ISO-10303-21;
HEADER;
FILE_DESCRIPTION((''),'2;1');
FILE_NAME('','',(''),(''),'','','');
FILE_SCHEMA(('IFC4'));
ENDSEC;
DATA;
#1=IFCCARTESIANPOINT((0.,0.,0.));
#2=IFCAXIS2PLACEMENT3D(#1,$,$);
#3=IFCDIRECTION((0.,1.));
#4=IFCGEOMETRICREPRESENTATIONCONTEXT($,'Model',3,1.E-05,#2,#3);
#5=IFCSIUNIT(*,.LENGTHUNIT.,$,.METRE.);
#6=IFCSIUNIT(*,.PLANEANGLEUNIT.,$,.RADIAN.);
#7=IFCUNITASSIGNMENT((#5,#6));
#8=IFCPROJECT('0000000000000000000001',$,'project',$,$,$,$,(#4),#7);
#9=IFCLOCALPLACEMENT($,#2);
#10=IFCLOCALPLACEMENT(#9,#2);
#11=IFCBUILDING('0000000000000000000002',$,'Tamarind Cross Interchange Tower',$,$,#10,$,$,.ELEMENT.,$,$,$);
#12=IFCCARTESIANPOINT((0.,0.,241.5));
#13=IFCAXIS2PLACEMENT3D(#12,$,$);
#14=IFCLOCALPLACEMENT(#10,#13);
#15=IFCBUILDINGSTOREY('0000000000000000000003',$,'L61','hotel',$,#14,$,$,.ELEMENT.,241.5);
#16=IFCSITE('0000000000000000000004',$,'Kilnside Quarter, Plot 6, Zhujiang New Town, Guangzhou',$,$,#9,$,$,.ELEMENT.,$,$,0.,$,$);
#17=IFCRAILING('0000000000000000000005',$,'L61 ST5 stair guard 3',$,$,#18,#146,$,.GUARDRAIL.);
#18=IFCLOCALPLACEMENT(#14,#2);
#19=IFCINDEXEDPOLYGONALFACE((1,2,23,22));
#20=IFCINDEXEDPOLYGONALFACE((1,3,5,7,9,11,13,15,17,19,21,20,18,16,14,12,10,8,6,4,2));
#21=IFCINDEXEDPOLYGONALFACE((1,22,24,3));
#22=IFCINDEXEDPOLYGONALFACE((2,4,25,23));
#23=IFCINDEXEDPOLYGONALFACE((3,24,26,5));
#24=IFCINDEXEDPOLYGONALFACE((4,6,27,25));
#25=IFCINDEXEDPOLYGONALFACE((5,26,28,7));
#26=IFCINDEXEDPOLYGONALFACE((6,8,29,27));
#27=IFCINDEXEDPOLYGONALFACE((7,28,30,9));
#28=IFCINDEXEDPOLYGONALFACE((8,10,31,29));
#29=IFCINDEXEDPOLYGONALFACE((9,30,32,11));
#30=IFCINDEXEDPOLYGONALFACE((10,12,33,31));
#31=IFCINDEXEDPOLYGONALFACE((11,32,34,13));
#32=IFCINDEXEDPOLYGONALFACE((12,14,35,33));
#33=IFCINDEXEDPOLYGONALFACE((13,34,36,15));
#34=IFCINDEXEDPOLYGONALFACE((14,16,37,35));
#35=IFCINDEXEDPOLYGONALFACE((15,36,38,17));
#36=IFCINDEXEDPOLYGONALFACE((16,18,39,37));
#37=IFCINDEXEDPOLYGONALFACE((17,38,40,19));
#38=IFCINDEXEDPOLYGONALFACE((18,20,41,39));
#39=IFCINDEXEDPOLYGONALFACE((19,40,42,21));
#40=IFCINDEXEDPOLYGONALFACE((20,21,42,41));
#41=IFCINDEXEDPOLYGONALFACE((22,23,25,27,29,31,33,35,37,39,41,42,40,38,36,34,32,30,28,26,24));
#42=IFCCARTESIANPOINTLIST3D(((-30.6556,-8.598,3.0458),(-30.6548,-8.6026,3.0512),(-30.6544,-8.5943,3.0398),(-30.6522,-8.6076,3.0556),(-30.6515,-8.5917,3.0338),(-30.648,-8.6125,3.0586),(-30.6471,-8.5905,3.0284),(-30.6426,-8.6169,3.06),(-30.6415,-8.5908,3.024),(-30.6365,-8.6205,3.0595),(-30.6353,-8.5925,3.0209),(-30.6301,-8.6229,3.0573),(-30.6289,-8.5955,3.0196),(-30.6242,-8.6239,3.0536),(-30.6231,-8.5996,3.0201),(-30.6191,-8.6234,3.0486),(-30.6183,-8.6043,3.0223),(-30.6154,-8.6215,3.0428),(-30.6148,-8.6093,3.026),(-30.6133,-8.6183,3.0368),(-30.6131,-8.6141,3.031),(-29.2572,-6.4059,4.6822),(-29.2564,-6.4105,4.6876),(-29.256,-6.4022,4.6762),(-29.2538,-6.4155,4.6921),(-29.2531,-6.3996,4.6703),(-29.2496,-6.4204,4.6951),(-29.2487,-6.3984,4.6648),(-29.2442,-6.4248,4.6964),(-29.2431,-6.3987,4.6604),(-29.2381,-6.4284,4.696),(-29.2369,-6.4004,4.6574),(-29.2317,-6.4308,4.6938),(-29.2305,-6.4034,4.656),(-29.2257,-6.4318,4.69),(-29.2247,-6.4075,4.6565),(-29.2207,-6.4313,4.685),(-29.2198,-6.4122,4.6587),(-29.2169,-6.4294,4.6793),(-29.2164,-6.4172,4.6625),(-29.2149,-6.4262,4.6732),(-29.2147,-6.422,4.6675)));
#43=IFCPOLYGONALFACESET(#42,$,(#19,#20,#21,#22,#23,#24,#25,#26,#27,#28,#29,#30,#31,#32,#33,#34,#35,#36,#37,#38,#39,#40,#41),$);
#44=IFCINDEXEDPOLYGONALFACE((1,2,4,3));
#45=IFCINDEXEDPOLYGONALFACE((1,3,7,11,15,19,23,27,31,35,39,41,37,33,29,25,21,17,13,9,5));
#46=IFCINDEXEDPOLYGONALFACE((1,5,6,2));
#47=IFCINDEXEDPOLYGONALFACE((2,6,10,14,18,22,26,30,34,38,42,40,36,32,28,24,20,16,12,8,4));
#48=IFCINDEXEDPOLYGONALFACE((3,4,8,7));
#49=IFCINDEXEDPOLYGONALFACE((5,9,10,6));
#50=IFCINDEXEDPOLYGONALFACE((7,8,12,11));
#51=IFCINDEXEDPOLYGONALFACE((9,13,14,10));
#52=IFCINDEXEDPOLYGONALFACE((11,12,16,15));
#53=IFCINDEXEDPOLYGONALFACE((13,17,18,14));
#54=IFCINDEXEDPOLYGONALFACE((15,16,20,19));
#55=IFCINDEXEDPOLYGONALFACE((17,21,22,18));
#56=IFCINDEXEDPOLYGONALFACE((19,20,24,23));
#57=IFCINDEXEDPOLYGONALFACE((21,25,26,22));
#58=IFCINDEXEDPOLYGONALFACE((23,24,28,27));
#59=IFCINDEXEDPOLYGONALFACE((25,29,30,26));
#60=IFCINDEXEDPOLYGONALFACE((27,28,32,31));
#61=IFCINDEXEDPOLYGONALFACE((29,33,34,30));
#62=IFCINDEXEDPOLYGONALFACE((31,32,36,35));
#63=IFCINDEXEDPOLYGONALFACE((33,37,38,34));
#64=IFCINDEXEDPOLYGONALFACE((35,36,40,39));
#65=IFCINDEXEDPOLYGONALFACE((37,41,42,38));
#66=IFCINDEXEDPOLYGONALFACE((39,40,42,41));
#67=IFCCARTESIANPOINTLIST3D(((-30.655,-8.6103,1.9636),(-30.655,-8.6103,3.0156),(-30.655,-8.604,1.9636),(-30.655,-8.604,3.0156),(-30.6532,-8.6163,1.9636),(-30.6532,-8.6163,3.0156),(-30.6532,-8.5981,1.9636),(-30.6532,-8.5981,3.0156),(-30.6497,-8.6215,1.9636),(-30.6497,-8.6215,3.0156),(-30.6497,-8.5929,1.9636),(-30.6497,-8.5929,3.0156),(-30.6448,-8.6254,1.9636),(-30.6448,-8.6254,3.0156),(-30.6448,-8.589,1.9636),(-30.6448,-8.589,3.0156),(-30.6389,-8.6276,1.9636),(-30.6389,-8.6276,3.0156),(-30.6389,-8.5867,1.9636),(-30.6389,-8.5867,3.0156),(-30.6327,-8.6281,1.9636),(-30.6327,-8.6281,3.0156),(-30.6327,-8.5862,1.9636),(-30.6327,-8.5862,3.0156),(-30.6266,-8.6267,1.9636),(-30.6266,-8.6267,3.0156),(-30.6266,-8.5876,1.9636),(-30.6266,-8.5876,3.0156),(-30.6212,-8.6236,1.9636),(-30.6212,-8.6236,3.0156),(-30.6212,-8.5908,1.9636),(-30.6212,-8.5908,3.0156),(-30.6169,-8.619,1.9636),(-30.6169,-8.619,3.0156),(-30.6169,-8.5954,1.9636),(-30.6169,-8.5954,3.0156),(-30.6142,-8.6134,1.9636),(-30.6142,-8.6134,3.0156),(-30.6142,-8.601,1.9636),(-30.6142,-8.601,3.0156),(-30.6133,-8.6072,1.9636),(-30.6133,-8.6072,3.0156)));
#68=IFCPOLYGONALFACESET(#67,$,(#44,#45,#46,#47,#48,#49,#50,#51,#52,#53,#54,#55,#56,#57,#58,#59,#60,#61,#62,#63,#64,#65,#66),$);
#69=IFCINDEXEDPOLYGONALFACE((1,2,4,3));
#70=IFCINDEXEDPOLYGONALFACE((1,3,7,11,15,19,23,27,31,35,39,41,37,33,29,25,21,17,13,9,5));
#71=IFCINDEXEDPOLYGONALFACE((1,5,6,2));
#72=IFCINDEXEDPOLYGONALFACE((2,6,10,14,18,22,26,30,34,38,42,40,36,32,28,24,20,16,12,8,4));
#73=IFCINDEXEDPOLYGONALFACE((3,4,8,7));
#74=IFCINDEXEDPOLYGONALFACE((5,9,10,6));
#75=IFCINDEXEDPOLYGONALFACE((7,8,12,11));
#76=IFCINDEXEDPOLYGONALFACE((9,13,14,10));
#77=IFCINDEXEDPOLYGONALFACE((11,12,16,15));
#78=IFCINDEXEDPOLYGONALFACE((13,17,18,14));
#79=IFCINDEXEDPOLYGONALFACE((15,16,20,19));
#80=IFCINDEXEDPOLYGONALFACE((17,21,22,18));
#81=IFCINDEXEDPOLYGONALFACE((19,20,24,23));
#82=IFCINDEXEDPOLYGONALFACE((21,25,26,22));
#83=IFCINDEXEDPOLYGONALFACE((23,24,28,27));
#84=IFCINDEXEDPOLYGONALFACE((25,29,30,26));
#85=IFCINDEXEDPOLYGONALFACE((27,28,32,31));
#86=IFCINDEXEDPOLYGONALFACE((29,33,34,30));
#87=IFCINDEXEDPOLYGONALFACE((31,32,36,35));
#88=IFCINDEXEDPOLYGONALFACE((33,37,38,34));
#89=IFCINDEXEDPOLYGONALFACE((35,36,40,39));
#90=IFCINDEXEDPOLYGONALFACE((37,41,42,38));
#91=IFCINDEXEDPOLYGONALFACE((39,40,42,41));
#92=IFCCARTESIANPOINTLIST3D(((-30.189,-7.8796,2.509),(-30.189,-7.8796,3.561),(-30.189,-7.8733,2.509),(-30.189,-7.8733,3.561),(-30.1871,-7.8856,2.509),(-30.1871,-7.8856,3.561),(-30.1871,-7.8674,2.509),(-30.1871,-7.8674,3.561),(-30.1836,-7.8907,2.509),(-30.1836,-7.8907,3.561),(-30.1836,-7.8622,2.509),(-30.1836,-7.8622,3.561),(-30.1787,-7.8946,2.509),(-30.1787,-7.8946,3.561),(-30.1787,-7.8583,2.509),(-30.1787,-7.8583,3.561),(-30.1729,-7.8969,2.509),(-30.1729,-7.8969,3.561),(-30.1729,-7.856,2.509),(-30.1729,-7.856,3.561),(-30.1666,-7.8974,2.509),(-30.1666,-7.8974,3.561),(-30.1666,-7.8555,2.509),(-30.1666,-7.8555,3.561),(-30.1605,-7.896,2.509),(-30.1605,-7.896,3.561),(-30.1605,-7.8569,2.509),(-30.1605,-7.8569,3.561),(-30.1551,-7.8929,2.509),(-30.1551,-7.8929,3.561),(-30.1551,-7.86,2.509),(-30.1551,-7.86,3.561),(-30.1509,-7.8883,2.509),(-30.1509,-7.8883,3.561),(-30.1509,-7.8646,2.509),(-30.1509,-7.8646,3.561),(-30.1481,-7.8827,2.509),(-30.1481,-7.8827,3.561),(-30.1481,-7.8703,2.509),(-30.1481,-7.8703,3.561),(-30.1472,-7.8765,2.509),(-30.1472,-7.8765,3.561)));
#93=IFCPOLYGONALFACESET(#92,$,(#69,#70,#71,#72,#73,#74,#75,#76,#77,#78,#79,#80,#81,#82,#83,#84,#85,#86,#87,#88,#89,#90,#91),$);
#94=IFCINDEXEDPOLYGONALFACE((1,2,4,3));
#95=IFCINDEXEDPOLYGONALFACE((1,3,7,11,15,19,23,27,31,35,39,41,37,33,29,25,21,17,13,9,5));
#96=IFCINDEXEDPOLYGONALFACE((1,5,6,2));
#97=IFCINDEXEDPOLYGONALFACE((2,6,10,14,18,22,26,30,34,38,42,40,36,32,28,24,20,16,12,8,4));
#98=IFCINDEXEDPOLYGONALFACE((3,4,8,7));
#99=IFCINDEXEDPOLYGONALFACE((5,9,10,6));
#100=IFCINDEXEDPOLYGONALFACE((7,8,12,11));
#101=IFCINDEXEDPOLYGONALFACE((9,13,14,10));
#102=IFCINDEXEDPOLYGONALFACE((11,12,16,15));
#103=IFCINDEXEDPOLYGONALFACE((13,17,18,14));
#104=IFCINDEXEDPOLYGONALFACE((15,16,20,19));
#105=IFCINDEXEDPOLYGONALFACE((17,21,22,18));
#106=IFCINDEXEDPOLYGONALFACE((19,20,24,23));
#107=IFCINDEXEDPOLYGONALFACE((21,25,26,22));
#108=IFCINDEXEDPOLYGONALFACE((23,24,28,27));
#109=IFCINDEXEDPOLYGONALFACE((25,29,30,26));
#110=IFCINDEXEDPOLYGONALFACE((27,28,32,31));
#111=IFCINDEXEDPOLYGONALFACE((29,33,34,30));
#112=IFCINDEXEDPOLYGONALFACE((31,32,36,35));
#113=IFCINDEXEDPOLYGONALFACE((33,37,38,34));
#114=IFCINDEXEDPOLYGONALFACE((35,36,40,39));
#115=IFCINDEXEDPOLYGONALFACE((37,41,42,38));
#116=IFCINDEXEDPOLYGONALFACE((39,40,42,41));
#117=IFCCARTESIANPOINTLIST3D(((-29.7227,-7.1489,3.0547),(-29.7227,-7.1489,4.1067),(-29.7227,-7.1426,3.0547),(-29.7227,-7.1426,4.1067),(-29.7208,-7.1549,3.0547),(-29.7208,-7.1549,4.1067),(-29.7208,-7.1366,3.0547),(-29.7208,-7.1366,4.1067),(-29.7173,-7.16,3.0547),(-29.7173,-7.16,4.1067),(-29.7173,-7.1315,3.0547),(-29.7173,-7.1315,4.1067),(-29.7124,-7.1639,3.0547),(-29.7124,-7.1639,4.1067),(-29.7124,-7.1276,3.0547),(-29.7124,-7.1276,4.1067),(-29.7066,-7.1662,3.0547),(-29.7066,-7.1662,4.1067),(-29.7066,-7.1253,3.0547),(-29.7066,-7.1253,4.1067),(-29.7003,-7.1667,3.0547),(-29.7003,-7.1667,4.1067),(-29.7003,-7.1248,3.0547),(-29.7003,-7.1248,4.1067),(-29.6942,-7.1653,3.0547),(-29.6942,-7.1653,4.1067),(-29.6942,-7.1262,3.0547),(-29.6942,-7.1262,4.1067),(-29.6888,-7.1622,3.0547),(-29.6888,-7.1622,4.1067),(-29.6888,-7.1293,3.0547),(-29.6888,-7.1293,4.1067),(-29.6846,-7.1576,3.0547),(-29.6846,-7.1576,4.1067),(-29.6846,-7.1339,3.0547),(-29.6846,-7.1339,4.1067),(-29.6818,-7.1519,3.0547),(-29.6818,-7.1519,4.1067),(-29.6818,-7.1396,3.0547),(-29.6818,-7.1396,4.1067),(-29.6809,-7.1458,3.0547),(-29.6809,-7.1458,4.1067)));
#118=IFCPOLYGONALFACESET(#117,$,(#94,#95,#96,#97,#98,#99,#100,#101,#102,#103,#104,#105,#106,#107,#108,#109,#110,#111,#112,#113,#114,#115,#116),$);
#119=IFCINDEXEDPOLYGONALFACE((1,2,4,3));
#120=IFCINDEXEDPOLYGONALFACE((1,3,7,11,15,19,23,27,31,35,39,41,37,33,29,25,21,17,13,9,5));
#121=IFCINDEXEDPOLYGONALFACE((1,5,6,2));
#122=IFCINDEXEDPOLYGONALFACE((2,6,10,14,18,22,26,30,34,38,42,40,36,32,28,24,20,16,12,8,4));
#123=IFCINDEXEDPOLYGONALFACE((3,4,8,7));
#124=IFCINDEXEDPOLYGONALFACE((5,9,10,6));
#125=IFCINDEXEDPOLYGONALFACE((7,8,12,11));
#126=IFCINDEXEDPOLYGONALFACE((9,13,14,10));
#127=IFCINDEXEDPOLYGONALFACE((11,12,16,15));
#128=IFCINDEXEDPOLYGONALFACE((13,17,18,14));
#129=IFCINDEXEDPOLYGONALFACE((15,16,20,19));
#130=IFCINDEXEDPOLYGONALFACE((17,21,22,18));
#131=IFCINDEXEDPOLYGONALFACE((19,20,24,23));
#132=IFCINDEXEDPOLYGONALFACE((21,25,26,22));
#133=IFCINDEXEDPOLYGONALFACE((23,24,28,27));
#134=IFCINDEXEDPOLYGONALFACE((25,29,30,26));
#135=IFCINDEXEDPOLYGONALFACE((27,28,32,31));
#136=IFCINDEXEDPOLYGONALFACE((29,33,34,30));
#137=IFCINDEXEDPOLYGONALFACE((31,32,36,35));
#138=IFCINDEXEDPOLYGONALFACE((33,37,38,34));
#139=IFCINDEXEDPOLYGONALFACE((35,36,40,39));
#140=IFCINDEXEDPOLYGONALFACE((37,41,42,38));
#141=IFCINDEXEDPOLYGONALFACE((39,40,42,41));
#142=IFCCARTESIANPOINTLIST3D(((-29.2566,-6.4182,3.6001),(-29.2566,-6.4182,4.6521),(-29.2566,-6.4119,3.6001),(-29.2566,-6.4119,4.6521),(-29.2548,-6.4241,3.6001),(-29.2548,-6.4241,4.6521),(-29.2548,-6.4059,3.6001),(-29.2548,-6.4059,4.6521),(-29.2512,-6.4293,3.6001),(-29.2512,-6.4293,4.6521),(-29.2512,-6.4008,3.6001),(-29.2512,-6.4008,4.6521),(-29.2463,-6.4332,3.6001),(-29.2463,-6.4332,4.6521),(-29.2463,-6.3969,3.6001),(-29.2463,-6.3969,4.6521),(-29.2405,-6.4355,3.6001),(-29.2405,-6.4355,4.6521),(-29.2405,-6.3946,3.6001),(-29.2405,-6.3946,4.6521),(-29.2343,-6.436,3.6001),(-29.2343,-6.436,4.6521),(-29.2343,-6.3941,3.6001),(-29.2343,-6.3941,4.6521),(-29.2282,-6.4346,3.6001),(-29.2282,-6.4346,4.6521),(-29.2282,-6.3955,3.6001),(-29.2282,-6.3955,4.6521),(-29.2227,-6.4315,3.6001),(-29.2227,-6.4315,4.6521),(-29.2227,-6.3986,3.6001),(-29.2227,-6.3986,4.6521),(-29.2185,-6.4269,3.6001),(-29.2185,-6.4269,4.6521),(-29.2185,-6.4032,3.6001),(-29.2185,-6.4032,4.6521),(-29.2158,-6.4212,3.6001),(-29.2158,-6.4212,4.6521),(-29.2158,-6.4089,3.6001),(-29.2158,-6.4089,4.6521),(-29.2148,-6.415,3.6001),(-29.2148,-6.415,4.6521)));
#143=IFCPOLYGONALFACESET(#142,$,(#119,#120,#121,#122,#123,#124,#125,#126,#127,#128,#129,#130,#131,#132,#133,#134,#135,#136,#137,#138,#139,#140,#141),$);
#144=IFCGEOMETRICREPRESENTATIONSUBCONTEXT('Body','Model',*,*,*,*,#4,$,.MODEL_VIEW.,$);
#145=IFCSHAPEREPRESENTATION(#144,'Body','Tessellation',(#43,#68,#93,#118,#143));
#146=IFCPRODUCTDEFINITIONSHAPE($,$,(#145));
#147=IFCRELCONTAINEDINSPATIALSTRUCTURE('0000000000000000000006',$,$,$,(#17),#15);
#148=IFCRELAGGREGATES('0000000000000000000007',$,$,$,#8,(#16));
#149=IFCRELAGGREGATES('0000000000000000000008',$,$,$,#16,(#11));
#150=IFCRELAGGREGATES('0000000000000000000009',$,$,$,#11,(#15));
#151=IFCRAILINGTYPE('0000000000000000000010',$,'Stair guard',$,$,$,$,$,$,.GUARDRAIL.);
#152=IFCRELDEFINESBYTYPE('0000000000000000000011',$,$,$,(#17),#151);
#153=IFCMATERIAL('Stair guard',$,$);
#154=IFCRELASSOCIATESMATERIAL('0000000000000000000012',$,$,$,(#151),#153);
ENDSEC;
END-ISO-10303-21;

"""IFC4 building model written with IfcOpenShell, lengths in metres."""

from ifc_helpers import new_model, si_unit, direction, frame, origin, origin_2d, place, context, subcontext, project, spatial, circle, extrude, material, type_object, element, save


model = new_model("IFC4")

# Units and contexts
model_context = context("Model", 3, precision=1e-05, world=origin(), true_north=direction((0.0, 1.0)))
body_context = subcontext(model_context, "Body", "Model", "MODEL_VIEW")
ifc_project = project(units=[si_unit("LENGTHUNIT", "METRE"), si_unit("PLANEANGLEUNIT", "RADIAN")], contexts=[model_context])

# Site, building, storey
site_placement = place(None, origin())
site = spatial("IfcSite", under=ifc_project, at=site_placement, Name="Kilnside Quarter, Plot 6, Zhujiang New Town, Guangzhou", CompositionType="ELEMENT", RefElevation=0.0)
building_placement = place(site_placement, origin())
building = spatial("IfcBuilding", under=site, at=building_placement, Name="Tamarind Cross Interchange Tower", CompositionType="ELEMENT")
storey_placement = place(building_placement, frame((0.0, 0.0, 241.5)))
storey = spatial("IfcBuildingStorey", under=building, at=storey_placement, Name="L61", Description="hotel", CompositionType="ELEMENT", Elevation=241.5)

# Railing
ifc_material_1 = material(Name="Stair guard")
railing_type_1 = type_object("IfcRailingType", Name="Stair guard", PredefinedType="GUARDRAIL", material=ifc_material_1)
railing_1_placement = place(storey_placement, frame((-30.6343, -8.6072, 1.9636)))
element("IfcRailing", 1, at=railing_1_placement, inside=storey, type_object=railing_type_1, Name="L61 ST5 stair guard 3", PredefinedType="GUARDRAIL", context=body_context, shape_type="SweptSolid", body=[
    extrude(circle(Radius=0.0239, at=origin_2d()), frame((0.0, 0.0, 1.0762), z_axis=(0.455173, 0.713513, 0.532651), x_axis=(-0.843062, 0.537817, 0.0)), (0.0, 0.0, 1.0), 3.0723),
    extrude(circle(Radius=0.021, at=origin_2d()), origin(), (0.0, 0.0, 1.0), 1.052),
    extrude(circle(Radius=0.021, at=origin_2d()), frame((0.4661, 0.7307, 0.5454)), (0.0, 0.0, 1.0), 1.052),
    extrude(circle(Radius=0.021, at=origin_2d()), frame((0.9324, 1.4614, 1.0911)), (0.0, 0.0, 1.0), 1.052),
    extrude(circle(Radius=0.021, at=origin_2d()), frame((1.3984, 2.1921, 1.6365)), (0.0, 0.0, 1.0), 1.052),
])

save(model, "model.ifc")
